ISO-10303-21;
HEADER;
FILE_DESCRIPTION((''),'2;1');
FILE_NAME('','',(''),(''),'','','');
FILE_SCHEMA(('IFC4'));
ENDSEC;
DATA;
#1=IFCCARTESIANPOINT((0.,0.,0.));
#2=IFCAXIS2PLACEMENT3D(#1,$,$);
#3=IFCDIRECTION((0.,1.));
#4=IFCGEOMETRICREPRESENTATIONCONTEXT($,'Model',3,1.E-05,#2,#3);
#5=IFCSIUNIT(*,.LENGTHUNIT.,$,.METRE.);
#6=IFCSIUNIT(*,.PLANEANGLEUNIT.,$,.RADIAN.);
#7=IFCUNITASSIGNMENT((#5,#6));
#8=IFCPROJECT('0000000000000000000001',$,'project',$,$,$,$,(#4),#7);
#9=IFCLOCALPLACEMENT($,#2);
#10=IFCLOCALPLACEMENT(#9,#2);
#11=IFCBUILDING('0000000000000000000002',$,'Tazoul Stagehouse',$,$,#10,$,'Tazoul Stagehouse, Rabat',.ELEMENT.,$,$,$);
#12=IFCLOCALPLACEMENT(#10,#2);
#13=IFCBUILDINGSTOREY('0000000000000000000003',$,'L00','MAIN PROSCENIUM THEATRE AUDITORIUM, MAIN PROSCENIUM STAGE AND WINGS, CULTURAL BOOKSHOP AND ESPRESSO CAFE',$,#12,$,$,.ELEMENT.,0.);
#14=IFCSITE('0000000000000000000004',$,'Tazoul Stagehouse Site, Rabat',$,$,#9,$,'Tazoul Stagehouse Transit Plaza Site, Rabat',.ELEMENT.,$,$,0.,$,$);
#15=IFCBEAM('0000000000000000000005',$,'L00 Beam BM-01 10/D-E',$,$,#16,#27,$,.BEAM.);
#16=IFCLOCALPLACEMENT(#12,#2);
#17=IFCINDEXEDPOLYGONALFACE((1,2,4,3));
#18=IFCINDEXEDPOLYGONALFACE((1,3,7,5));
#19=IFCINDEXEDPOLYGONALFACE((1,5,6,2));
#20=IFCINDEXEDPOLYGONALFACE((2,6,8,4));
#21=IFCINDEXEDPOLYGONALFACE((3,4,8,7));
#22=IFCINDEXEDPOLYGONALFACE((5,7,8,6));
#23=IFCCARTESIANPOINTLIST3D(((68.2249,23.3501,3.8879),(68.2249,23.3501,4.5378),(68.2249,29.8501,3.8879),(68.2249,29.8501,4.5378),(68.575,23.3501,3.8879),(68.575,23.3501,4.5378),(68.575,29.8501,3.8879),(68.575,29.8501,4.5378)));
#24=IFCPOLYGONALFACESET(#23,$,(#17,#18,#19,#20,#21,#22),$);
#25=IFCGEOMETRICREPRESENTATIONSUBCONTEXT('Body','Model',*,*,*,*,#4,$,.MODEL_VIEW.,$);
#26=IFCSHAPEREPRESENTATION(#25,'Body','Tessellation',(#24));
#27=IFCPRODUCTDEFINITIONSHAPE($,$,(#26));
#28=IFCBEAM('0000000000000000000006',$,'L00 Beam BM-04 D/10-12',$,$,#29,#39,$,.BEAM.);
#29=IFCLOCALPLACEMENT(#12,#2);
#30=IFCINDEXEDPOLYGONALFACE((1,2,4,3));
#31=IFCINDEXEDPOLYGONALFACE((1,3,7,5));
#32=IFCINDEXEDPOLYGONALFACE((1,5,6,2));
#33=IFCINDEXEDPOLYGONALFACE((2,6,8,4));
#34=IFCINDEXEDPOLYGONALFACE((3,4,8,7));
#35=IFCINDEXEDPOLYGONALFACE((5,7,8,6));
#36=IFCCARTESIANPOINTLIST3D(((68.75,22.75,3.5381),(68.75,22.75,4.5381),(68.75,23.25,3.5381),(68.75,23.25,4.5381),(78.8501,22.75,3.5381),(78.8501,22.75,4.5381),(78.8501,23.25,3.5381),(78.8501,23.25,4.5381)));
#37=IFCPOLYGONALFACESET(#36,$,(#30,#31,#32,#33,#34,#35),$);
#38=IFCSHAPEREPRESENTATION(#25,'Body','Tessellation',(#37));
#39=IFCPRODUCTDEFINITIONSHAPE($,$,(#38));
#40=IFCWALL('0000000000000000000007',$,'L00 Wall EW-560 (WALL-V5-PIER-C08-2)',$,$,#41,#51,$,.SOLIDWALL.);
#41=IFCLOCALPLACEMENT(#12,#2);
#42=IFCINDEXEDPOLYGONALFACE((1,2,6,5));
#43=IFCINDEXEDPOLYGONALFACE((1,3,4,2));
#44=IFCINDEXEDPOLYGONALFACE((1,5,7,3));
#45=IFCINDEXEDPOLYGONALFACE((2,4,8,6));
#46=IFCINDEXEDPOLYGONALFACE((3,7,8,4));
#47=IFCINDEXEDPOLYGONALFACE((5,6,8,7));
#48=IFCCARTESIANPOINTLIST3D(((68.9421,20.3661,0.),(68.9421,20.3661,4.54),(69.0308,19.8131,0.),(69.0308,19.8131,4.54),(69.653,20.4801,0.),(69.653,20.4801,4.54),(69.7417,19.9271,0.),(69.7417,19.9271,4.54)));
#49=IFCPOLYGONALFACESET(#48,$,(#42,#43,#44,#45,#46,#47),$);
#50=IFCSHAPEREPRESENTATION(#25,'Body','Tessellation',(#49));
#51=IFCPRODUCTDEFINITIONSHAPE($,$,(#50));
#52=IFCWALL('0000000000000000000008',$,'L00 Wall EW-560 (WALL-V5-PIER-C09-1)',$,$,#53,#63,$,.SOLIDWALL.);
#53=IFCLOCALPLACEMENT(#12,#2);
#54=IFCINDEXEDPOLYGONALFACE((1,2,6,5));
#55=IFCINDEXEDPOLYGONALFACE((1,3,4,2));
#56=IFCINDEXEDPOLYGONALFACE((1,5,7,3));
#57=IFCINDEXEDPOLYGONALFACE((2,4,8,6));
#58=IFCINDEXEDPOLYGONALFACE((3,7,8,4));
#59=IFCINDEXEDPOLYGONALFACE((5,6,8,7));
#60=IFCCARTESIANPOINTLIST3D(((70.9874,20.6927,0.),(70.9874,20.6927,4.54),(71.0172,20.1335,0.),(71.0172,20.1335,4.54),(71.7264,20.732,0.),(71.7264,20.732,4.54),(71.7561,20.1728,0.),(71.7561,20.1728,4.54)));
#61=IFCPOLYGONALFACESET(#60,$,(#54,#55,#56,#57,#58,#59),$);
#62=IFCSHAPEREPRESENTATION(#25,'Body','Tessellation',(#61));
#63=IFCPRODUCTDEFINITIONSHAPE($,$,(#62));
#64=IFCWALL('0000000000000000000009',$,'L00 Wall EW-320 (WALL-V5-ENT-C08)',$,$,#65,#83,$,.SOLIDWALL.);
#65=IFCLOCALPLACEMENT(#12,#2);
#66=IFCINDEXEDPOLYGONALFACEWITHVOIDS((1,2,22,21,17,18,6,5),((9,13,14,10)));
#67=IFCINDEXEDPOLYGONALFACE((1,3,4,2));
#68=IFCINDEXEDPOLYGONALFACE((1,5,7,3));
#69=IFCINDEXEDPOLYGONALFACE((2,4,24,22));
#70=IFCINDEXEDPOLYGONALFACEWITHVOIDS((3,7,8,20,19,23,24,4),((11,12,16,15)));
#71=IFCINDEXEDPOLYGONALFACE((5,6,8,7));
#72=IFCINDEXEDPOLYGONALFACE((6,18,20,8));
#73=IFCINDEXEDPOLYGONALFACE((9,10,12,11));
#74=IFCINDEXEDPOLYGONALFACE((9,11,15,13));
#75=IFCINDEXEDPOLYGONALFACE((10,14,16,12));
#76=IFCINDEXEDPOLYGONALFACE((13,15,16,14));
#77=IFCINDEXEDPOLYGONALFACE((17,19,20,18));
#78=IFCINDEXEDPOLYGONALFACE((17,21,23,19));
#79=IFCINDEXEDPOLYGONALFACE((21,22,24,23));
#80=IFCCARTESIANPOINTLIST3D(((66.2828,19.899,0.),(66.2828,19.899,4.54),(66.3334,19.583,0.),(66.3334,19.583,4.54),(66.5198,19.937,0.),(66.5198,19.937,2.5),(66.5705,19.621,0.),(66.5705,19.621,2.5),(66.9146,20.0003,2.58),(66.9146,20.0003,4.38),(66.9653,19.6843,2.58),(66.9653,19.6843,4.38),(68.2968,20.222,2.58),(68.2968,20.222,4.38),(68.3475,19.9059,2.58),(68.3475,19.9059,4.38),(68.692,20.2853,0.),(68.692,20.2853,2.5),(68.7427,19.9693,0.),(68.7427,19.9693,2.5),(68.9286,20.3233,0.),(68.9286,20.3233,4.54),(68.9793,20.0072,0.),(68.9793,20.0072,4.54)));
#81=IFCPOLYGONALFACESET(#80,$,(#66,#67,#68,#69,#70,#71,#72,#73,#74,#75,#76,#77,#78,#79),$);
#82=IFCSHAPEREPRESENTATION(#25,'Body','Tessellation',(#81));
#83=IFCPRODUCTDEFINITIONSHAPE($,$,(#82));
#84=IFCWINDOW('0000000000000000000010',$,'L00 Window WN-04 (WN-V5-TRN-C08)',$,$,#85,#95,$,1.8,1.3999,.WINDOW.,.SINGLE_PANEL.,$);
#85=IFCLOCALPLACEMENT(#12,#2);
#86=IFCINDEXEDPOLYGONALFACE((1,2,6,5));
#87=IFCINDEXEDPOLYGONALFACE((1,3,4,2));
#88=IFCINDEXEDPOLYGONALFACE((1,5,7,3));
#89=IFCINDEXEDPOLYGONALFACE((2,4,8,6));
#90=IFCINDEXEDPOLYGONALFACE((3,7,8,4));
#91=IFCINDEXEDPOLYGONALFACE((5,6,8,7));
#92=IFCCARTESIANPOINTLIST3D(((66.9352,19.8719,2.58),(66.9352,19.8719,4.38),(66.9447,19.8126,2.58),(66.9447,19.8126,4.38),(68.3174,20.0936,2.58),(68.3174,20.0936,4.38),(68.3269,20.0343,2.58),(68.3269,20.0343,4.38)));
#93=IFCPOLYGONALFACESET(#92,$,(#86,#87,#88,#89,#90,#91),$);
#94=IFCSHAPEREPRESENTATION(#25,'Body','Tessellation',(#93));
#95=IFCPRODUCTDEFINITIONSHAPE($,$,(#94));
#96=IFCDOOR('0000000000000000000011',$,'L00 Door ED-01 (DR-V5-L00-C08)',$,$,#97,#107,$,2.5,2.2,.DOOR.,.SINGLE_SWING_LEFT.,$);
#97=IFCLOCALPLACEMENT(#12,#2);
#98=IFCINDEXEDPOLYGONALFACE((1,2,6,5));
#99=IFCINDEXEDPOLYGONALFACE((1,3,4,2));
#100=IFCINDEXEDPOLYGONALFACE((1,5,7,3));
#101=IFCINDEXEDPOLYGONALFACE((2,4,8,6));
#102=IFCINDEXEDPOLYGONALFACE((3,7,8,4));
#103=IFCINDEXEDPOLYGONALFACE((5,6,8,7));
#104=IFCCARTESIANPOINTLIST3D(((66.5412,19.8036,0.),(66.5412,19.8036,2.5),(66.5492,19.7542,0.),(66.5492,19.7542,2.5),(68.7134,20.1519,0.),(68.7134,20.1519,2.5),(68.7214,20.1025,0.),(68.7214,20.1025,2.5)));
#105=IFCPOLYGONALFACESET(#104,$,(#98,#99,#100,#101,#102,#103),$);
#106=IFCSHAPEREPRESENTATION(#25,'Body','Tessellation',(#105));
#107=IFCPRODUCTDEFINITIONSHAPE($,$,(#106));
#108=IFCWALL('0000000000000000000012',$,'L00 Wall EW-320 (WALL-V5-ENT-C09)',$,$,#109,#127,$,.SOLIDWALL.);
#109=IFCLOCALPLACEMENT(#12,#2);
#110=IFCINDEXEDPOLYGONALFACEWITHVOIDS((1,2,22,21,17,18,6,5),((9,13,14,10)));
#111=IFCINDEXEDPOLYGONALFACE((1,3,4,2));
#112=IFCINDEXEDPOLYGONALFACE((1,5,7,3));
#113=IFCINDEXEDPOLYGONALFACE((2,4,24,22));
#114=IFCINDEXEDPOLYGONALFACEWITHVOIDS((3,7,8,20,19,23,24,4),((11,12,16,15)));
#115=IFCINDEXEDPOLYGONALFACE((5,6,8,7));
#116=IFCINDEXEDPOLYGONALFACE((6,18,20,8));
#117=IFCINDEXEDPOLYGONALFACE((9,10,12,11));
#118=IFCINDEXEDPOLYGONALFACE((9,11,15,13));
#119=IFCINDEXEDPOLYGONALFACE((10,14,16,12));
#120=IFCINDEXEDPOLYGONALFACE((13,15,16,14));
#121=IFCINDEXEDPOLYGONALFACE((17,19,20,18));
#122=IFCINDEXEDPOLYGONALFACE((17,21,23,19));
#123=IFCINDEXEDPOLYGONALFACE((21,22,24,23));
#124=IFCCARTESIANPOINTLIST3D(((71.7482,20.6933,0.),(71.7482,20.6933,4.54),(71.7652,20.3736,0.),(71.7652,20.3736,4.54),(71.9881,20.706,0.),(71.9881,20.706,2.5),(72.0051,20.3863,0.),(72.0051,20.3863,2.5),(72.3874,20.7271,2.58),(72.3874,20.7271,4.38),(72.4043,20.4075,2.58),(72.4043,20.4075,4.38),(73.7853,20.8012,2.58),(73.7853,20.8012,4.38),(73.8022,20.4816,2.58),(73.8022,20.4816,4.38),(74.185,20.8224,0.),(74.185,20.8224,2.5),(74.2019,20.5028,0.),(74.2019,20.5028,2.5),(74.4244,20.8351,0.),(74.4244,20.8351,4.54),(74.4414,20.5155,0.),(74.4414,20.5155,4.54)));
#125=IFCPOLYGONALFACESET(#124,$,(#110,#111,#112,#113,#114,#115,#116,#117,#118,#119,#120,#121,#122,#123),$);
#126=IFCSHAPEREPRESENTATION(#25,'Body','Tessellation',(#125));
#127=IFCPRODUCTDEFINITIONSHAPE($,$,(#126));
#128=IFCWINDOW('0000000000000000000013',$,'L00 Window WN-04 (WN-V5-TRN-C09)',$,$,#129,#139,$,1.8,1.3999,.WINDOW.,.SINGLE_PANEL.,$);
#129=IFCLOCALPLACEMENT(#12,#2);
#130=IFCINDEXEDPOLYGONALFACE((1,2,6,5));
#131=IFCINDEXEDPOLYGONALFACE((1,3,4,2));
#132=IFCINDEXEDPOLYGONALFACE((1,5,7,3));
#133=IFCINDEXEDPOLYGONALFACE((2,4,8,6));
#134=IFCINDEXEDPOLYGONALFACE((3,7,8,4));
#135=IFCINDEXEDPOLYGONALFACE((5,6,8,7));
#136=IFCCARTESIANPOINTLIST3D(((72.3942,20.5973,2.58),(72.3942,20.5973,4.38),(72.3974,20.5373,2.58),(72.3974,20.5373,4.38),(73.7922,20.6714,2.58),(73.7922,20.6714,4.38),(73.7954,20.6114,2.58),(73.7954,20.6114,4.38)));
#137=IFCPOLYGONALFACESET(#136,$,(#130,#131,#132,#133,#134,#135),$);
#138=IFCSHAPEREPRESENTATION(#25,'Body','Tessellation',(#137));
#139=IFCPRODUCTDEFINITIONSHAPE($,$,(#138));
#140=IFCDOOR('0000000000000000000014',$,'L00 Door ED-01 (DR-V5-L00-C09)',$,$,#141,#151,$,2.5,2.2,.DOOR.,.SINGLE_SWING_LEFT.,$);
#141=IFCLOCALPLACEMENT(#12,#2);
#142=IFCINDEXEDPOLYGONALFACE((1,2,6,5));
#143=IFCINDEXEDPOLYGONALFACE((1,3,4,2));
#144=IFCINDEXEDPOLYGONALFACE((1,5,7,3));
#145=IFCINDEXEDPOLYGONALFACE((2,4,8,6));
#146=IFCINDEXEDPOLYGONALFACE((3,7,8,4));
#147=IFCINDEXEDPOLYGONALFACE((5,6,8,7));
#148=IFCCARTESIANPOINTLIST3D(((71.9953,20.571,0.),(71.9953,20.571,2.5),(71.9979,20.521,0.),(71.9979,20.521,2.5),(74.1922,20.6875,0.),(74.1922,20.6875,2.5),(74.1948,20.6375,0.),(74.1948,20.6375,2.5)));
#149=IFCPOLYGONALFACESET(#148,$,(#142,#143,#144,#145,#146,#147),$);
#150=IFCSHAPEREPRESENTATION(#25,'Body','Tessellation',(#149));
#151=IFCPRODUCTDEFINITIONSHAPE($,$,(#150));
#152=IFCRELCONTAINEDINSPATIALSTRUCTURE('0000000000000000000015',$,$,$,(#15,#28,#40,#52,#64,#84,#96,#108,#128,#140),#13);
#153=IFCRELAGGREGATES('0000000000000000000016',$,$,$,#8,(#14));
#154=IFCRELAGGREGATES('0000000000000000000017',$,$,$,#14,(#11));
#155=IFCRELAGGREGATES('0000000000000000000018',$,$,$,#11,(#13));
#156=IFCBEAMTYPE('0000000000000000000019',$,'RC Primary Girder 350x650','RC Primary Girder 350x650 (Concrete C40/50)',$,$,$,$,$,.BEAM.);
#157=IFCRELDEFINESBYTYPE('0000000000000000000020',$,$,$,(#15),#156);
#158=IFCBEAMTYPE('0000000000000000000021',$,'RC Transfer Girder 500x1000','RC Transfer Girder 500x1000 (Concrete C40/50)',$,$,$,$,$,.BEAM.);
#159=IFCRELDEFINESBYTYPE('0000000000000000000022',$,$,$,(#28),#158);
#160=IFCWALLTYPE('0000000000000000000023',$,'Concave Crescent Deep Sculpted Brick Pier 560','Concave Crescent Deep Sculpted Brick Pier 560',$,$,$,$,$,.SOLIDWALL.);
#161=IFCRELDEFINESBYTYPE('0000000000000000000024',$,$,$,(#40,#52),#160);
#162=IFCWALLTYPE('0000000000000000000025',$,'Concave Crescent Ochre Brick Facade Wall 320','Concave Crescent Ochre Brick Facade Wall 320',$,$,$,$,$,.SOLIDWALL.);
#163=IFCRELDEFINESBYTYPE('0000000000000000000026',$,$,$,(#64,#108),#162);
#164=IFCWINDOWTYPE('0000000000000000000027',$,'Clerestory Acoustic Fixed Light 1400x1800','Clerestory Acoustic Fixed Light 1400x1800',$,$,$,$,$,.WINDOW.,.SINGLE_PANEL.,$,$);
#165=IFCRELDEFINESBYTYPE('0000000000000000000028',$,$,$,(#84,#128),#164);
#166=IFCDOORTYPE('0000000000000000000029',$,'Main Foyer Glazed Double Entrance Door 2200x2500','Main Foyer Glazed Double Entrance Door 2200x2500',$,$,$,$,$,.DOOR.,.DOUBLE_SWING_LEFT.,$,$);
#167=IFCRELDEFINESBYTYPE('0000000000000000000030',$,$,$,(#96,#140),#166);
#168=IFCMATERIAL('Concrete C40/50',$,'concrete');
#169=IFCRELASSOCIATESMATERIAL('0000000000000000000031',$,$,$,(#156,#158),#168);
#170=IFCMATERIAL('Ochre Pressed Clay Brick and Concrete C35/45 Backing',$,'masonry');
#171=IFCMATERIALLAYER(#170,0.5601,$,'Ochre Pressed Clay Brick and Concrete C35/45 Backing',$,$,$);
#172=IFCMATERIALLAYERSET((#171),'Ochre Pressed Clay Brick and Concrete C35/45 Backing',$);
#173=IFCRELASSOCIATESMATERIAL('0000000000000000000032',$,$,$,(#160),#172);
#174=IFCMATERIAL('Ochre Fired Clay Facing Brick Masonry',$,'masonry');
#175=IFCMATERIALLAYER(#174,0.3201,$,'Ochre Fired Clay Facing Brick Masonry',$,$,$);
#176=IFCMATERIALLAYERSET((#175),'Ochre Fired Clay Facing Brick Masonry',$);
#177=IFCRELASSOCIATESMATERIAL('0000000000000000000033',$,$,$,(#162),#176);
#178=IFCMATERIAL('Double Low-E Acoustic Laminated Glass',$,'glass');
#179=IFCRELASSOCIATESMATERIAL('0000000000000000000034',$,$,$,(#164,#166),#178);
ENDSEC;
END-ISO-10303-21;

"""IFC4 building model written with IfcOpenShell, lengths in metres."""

from ifc_helpers import new_model, si_unit, direction, frame, frame_2d, origin, origin_2d, place, context, subcontext, project, spatial, rectangle, extrude, material, layer, layer_set, material_profile, profile_set, type_object, element, fill, save


model = new_model("IFC4")

# Units and contexts
model_context = context("Model", 3, precision=1e-05, world=origin(), true_north=direction((0.0, 1.0)))
body_context = subcontext(model_context, "Body", "Model", "MODEL_VIEW")
ifc_project = project(units=[si_unit("LENGTHUNIT", "METRE"), si_unit("PLANEANGLEUNIT", "RADIAN")], contexts=[model_context])

# Site, building, storey
site_placement = place(None, origin())
site = spatial("IfcSite", under=ifc_project, at=site_placement, Name="Tazoul Stagehouse Site, Rabat", LongName="Tazoul Stagehouse Transit Plaza Site, Rabat", CompositionType="ELEMENT", RefElevation=0.0)
building_placement = place(site_placement, origin())
building = spatial("IfcBuilding", under=site, at=building_placement, Name="Tazoul Stagehouse", LongName="Tazoul Stagehouse, Rabat", CompositionType="ELEMENT")
storey_placement = place(building_placement, origin())
storey = spatial("IfcBuildingStorey", under=building, at=storey_placement, Name="L00", Description="MAIN PROSCENIUM THEATRE AUDITORIUM, MAIN PROSCENIUM STAGE AND WINGS, CULTURAL BOOKSHOP AND ESPRESSO CAFE", CompositionType="ELEMENT", Elevation=0.0)

# Shared definitions
ifc_material_1 = material(Name="Concrete C40/50", Category="concrete")

# Beams
ifc_material_profile_1 = material_profile(ifc_material_1, rectangle(XDim=0.3501, YDim=0.6499, at=origin_2d()), Name="RC 350x650")
ifc_profile_set_1 = profile_set([ifc_material_profile_1], Name="Concrete C40/50")
beam_type_1 = type_object("IfcBeamType", Name="RC Primary Girder 350x650", Description="RC Primary Girder 350x650 (Concrete C40/50)", PredefinedType="BEAM", material=ifc_profile_set_1)
beam_1_placement = place(storey_placement, frame((68.3999, 23.3501, 4.2129), z_axis=(0.0, 1.0, 0.0), x_axis=(-1.0, 0.0, 0.0)))
element("IfcBeam", 1, at=beam_1_placement, inside=storey, type_object=beam_type_1, Name="L00 Beam BM-01 10/D-E", PredefinedType="BEAM", context=body_context, shape_type="SweptSolid", body=[
    extrude(rectangle(XDim=0.3501, YDim=0.6499, at=origin_2d()), origin(), (0.0, 0.0, 1.0), 6.5),
])
ifc_material_profile_2 = material_profile(ifc_material_1, rectangle(XDim=0.5, YDim=1.0, at=origin_2d()), Name="RC 500x1000")
ifc_profile_set_2 = profile_set([ifc_material_profile_2], Name="Concrete C40/50")
beam_type_2 = type_object("IfcBeamType", Name="RC Transfer Girder 500x1000", Description="RC Transfer Girder 500x1000 (Concrete C40/50)", PredefinedType="BEAM", material=ifc_profile_set_2)
beam_2_placement = place(storey_placement, frame((68.75, 23.0, 4.0381), z_axis=(1.0, 0.0, 0.0), x_axis=(0.0, 1.0, 0.0)))
element("IfcBeam", 2, at=beam_2_placement, inside=storey, type_object=beam_type_2, Name="L00 Beam BM-04 D/10-12", PredefinedType="BEAM", context=body_context, shape_type="SweptSolid", body=[
    extrude(rectangle(XDim=0.5, YDim=1.0, at=origin_2d()), origin(), (0.0, 0.0, 1.0), 10.1001),
])

# Shared definitions
ifc_material_2 = material(Name="Double Low-E Acoustic Laminated Glass", Category="glass")

# Walls
ifc_material_3 = material(Name="Ochre Pressed Clay Brick and Concrete C35/45 Backing", Category="masonry")
ifc_layer_1 = layer(ifc_material_3, 0.5601, Name="Ochre Pressed Clay Brick and Concrete C35/45 Backing")
ifc_layer_set_1 = layer_set([ifc_layer_1], Name="Ochre Pressed Clay Brick and Concrete C35/45 Backing")
wall_type_1 = type_object("IfcWallType", Name="Concave Crescent Deep Sculpted Brick Pier 560", Description="Concave Crescent Deep Sculpted Brick Pier 560", PredefinedType="SOLIDWALL", material=ifc_layer_set_1)
wall_1_placement = place(storey_placement, frame((68.9866, 20.0896, 0.0), z_axis=(0.0, 0.0, 1.0), x_axis=(0.987383, 0.158348, 0.0)))
element("IfcWall", 3, at=wall_1_placement, inside=storey, type_object=wall_type_1, Name="L00 Wall EW-560 (WALL-V5-PIER-C08-2)", PredefinedType="SOLIDWALL", context=body_context, shape_type="SweptSolid", body=[
    extrude(rectangle(XDim=0.72, YDim=0.5601, at=frame_2d((0.3599, 0.0))), origin(), (0.0, 0.0, 1.0), 4.54),
])
wall_2_placement = place(storey_placement, frame((71.0022, 20.4131, 0.0), z_axis=(0.0, 0.0, 1.0), x_axis=(0.998589, 0.053113, 0.0)))
element("IfcWall", 4, at=wall_2_placement, inside=storey, type_object=wall_type_1, Name="L00 Wall EW-560 (WALL-V5-PIER-C09-1)", PredefinedType="SOLIDWALL", context=body_context, shape_type="SweptSolid", body=[
    extrude(rectangle(XDim=0.74, YDim=0.5601, at=frame_2d((0.3701, 0.0))), origin(), (0.0, 0.0, 1.0), 4.54),
])

# Walls, openings, windows, doors
ifc_material_4 = material(Name="Ochre Fired Clay Facing Brick Masonry", Category="masonry")
ifc_layer_2 = layer(ifc_material_4, 0.3201, Name="Ochre Fired Clay Facing Brick Masonry")
ifc_layer_set_2 = layer_set([ifc_layer_2], Name="Ochre Fired Clay Facing Brick Masonry")
wall_type_2 = type_object("IfcWallType", Name="Concave Crescent Ochre Brick Facade Wall 320", Description="Concave Crescent Ochre Brick Facade Wall 320", PredefinedType="SOLIDWALL", material=ifc_layer_set_2)
wall_3_placement = place(storey_placement, frame((66.3081, 19.741, 0.0), z_axis=(0.0, 0.0, 1.0), x_axis=(0.987385, 0.158339, 0.0)))
wall_3 = element("IfcWall", 5, at=wall_3_placement, inside=storey, type_object=wall_type_2, Name="L00 Wall EW-320 (WALL-V5-ENT-C08)", PredefinedType="SOLIDWALL", context=body_context, shape_type="SweptSolid", body=[
    extrude(rectangle(XDim=2.6797, YDim=0.3201, at=frame_2d((1.3398, 0.0))), origin(), (0.0, 0.0, 1.0), 4.54),
])
opening_1_placement = place(wall_3_placement, frame((0.6399, 0.0, 2.5801)))
opening_1 = element("IfcOpeningElement", 6, at=opening_1_placement, cuts=wall_3, PredefinedType="OPENING", context=body_context, shape_type="SweptSolid", body=[
    extrude(rectangle(XDim=1.3999, YDim=1.8, at=frame_2d((0.7, 0.8999))), frame((0.0, 0.1799, 0.0), z_axis=(0.0, -1.0, 0.0), x_axis=(1.0, 0.0, 0.0)), (0.0, 0.0, 1.0), 0.3601),
])
opening_2_placement = place(wall_3_placement, frame((0.24, 0.0, 0.0)))
opening_2 = element("IfcOpeningElement", 7, at=opening_2_placement, cuts=wall_3, PredefinedType="OPENING", context=body_context, shape_type="SweptSolid", body=[
    extrude(rectangle(XDim=2.2, YDim=2.5, at=frame_2d((1.1001, 1.25))), frame((0.0, 0.1799, 0.0), z_axis=(0.0, -1.0, 0.0), x_axis=(1.0, 0.0, 0.0)), (0.0, 0.0, 1.0), 0.3601),
])
window_type = type_object("IfcWindowType", Name="Clerestory Acoustic Fixed Light 1400x1800", Description="Clerestory Acoustic Fixed Light 1400x1800", PartitioningType="SINGLE_PANEL", PredefinedType="WINDOW", material=ifc_material_2)
window_1_placement = place(opening_1_placement, origin())
window_1 = element("IfcWindow", 8, at=window_1_placement, inside=storey, type_object=window_type, Name="L00 Window WN-04 (WN-V5-TRN-C08)", OverallHeight=1.8, OverallWidth=1.3999, PartitioningType="SINGLE_PANEL", PredefinedType="WINDOW", context=body_context, shape_type="SweptSolid", body=[
    extrude(rectangle(XDim=1.3999, YDim=1.8, at=frame_2d((0.7, 0.8999))), frame((0.0, 0.03, 0.0), z_axis=(0.0, -1.0, 0.0), x_axis=(1.0, 0.0, 0.0)), (0.0, 0.0, 1.0), 0.0601),
])
fill(opening_1, window_1)
door_type = type_object("IfcDoorType", Name="Main Foyer Glazed Double Entrance Door 2200x2500", Description="Main Foyer Glazed Double Entrance Door 2200x2500", OperationType="DOUBLE_SWING_LEFT", PredefinedType="DOOR", material=ifc_material_2)
door_1_placement = place(opening_2_placement, origin())
door_1 = element("IfcDoor", 9, at=door_1_placement, inside=storey, type_object=door_type, Name="L00 Door ED-01 (DR-V5-L00-C08)", OperationType="SINGLE_SWING_LEFT", OverallHeight=2.5, OverallWidth=2.2, PredefinedType="DOOR", context=body_context, shape_type="SweptSolid", body=[
    extrude(rectangle(XDim=2.2, YDim=2.5, at=frame_2d((1.1001, 1.25))), frame((0.0, 0.0249, 0.0), z_axis=(0.0, -1.0, 0.0), x_axis=(1.0, 0.0, 0.0)), (0.0, 0.0, 1.0), 0.05),
])
fill(opening_2, door_1)
wall_4_placement = place(storey_placement, frame((71.7568, 20.5334, 0.0), z_axis=(0.0, 0.0, 1.0), x_axis=(0.998598, 0.052927, 0.0)))
wall_4 = element("IfcWall", 10, at=wall_4_placement, inside=storey, type_object=wall_type_2, Name="L00 Wall EW-320 (WALL-V5-ENT-C09)", PredefinedType="SOLIDWALL", context=body_context, shape_type="SweptSolid", body=[
    extrude(rectangle(XDim=2.6799, YDim=0.3201, at=frame_2d((1.3398, 0.0))), origin(), (0.0, 0.0, 1.0), 4.54),
])
opening_3_placement = place(wall_4_placement, frame((0.6399, 0.0, 2.5801)))
opening_3 = element("IfcOpeningElement", 11, at=opening_3_placement, cuts=wall_4, PredefinedType="OPENING", context=body_context, shape_type="SweptSolid", body=[
    extrude(rectangle(XDim=1.3999, YDim=1.8, at=frame_2d((0.7, 0.8999))), frame((0.0, 0.1799, 0.0), z_axis=(0.0, -1.0, 0.0), x_axis=(1.0, 0.0, 0.0)), (0.0, 0.0, 1.0), 0.3601),
])
opening_4_placement = place(wall_4_placement, frame((0.24, 0.0, 0.0)))
opening_4 = element("IfcOpeningElement", 12, at=opening_4_placement, cuts=wall_4, PredefinedType="OPENING", context=body_context, shape_type="SweptSolid", body=[
    extrude(rectangle(XDim=2.2, YDim=2.5, at=frame_2d((1.1001, 1.25))), frame((0.0, 0.1799, 0.0), z_axis=(0.0, -1.0, 0.0), x_axis=(1.0, 0.0, 0.0)), (0.0, 0.0, 1.0), 0.3601),
])
window_2_placement = place(opening_3_placement, origin())
window_2 = element("IfcWindow", 13, at=window_2_placement, inside=storey, type_object=window_type, Name="L00 Window WN-04 (WN-V5-TRN-C09)", OverallHeight=1.8, OverallWidth=1.3999, PartitioningType="SINGLE_PANEL", PredefinedType="WINDOW", context=body_context, shape_type="SweptSolid", body=[
    extrude(rectangle(XDim=1.3999, YDim=1.8, at=frame_2d((0.7, 0.8999))), frame((0.0, 0.03, 0.0), z_axis=(0.0, -1.0, 0.0), x_axis=(1.0, 0.0, 0.0)), (0.0, 0.0, 1.0), 0.0601),
])
fill(opening_3, window_2)
door_2_placement = place(opening_4_placement, origin())
door_2 = element("IfcDoor", 14, at=door_2_placement, inside=storey, type_object=door_type, Name="L00 Door ED-01 (DR-V5-L00-C09)", OperationType="SINGLE_SWING_LEFT", OverallHeight=2.5, OverallWidth=2.2, PredefinedType="DOOR", context=body_context, shape_type="SweptSolid", body=[
    extrude(rectangle(XDim=2.2, YDim=2.5, at=frame_2d((1.1001, 1.25))), frame((0.0, 0.0249, 0.0), z_axis=(0.0, -1.0, 0.0), x_axis=(1.0, 0.0, 0.0)), (0.0, 0.0, 1.0), 0.05),
])
fill(opening_4, door_2)

save(model, "model.ifc")
